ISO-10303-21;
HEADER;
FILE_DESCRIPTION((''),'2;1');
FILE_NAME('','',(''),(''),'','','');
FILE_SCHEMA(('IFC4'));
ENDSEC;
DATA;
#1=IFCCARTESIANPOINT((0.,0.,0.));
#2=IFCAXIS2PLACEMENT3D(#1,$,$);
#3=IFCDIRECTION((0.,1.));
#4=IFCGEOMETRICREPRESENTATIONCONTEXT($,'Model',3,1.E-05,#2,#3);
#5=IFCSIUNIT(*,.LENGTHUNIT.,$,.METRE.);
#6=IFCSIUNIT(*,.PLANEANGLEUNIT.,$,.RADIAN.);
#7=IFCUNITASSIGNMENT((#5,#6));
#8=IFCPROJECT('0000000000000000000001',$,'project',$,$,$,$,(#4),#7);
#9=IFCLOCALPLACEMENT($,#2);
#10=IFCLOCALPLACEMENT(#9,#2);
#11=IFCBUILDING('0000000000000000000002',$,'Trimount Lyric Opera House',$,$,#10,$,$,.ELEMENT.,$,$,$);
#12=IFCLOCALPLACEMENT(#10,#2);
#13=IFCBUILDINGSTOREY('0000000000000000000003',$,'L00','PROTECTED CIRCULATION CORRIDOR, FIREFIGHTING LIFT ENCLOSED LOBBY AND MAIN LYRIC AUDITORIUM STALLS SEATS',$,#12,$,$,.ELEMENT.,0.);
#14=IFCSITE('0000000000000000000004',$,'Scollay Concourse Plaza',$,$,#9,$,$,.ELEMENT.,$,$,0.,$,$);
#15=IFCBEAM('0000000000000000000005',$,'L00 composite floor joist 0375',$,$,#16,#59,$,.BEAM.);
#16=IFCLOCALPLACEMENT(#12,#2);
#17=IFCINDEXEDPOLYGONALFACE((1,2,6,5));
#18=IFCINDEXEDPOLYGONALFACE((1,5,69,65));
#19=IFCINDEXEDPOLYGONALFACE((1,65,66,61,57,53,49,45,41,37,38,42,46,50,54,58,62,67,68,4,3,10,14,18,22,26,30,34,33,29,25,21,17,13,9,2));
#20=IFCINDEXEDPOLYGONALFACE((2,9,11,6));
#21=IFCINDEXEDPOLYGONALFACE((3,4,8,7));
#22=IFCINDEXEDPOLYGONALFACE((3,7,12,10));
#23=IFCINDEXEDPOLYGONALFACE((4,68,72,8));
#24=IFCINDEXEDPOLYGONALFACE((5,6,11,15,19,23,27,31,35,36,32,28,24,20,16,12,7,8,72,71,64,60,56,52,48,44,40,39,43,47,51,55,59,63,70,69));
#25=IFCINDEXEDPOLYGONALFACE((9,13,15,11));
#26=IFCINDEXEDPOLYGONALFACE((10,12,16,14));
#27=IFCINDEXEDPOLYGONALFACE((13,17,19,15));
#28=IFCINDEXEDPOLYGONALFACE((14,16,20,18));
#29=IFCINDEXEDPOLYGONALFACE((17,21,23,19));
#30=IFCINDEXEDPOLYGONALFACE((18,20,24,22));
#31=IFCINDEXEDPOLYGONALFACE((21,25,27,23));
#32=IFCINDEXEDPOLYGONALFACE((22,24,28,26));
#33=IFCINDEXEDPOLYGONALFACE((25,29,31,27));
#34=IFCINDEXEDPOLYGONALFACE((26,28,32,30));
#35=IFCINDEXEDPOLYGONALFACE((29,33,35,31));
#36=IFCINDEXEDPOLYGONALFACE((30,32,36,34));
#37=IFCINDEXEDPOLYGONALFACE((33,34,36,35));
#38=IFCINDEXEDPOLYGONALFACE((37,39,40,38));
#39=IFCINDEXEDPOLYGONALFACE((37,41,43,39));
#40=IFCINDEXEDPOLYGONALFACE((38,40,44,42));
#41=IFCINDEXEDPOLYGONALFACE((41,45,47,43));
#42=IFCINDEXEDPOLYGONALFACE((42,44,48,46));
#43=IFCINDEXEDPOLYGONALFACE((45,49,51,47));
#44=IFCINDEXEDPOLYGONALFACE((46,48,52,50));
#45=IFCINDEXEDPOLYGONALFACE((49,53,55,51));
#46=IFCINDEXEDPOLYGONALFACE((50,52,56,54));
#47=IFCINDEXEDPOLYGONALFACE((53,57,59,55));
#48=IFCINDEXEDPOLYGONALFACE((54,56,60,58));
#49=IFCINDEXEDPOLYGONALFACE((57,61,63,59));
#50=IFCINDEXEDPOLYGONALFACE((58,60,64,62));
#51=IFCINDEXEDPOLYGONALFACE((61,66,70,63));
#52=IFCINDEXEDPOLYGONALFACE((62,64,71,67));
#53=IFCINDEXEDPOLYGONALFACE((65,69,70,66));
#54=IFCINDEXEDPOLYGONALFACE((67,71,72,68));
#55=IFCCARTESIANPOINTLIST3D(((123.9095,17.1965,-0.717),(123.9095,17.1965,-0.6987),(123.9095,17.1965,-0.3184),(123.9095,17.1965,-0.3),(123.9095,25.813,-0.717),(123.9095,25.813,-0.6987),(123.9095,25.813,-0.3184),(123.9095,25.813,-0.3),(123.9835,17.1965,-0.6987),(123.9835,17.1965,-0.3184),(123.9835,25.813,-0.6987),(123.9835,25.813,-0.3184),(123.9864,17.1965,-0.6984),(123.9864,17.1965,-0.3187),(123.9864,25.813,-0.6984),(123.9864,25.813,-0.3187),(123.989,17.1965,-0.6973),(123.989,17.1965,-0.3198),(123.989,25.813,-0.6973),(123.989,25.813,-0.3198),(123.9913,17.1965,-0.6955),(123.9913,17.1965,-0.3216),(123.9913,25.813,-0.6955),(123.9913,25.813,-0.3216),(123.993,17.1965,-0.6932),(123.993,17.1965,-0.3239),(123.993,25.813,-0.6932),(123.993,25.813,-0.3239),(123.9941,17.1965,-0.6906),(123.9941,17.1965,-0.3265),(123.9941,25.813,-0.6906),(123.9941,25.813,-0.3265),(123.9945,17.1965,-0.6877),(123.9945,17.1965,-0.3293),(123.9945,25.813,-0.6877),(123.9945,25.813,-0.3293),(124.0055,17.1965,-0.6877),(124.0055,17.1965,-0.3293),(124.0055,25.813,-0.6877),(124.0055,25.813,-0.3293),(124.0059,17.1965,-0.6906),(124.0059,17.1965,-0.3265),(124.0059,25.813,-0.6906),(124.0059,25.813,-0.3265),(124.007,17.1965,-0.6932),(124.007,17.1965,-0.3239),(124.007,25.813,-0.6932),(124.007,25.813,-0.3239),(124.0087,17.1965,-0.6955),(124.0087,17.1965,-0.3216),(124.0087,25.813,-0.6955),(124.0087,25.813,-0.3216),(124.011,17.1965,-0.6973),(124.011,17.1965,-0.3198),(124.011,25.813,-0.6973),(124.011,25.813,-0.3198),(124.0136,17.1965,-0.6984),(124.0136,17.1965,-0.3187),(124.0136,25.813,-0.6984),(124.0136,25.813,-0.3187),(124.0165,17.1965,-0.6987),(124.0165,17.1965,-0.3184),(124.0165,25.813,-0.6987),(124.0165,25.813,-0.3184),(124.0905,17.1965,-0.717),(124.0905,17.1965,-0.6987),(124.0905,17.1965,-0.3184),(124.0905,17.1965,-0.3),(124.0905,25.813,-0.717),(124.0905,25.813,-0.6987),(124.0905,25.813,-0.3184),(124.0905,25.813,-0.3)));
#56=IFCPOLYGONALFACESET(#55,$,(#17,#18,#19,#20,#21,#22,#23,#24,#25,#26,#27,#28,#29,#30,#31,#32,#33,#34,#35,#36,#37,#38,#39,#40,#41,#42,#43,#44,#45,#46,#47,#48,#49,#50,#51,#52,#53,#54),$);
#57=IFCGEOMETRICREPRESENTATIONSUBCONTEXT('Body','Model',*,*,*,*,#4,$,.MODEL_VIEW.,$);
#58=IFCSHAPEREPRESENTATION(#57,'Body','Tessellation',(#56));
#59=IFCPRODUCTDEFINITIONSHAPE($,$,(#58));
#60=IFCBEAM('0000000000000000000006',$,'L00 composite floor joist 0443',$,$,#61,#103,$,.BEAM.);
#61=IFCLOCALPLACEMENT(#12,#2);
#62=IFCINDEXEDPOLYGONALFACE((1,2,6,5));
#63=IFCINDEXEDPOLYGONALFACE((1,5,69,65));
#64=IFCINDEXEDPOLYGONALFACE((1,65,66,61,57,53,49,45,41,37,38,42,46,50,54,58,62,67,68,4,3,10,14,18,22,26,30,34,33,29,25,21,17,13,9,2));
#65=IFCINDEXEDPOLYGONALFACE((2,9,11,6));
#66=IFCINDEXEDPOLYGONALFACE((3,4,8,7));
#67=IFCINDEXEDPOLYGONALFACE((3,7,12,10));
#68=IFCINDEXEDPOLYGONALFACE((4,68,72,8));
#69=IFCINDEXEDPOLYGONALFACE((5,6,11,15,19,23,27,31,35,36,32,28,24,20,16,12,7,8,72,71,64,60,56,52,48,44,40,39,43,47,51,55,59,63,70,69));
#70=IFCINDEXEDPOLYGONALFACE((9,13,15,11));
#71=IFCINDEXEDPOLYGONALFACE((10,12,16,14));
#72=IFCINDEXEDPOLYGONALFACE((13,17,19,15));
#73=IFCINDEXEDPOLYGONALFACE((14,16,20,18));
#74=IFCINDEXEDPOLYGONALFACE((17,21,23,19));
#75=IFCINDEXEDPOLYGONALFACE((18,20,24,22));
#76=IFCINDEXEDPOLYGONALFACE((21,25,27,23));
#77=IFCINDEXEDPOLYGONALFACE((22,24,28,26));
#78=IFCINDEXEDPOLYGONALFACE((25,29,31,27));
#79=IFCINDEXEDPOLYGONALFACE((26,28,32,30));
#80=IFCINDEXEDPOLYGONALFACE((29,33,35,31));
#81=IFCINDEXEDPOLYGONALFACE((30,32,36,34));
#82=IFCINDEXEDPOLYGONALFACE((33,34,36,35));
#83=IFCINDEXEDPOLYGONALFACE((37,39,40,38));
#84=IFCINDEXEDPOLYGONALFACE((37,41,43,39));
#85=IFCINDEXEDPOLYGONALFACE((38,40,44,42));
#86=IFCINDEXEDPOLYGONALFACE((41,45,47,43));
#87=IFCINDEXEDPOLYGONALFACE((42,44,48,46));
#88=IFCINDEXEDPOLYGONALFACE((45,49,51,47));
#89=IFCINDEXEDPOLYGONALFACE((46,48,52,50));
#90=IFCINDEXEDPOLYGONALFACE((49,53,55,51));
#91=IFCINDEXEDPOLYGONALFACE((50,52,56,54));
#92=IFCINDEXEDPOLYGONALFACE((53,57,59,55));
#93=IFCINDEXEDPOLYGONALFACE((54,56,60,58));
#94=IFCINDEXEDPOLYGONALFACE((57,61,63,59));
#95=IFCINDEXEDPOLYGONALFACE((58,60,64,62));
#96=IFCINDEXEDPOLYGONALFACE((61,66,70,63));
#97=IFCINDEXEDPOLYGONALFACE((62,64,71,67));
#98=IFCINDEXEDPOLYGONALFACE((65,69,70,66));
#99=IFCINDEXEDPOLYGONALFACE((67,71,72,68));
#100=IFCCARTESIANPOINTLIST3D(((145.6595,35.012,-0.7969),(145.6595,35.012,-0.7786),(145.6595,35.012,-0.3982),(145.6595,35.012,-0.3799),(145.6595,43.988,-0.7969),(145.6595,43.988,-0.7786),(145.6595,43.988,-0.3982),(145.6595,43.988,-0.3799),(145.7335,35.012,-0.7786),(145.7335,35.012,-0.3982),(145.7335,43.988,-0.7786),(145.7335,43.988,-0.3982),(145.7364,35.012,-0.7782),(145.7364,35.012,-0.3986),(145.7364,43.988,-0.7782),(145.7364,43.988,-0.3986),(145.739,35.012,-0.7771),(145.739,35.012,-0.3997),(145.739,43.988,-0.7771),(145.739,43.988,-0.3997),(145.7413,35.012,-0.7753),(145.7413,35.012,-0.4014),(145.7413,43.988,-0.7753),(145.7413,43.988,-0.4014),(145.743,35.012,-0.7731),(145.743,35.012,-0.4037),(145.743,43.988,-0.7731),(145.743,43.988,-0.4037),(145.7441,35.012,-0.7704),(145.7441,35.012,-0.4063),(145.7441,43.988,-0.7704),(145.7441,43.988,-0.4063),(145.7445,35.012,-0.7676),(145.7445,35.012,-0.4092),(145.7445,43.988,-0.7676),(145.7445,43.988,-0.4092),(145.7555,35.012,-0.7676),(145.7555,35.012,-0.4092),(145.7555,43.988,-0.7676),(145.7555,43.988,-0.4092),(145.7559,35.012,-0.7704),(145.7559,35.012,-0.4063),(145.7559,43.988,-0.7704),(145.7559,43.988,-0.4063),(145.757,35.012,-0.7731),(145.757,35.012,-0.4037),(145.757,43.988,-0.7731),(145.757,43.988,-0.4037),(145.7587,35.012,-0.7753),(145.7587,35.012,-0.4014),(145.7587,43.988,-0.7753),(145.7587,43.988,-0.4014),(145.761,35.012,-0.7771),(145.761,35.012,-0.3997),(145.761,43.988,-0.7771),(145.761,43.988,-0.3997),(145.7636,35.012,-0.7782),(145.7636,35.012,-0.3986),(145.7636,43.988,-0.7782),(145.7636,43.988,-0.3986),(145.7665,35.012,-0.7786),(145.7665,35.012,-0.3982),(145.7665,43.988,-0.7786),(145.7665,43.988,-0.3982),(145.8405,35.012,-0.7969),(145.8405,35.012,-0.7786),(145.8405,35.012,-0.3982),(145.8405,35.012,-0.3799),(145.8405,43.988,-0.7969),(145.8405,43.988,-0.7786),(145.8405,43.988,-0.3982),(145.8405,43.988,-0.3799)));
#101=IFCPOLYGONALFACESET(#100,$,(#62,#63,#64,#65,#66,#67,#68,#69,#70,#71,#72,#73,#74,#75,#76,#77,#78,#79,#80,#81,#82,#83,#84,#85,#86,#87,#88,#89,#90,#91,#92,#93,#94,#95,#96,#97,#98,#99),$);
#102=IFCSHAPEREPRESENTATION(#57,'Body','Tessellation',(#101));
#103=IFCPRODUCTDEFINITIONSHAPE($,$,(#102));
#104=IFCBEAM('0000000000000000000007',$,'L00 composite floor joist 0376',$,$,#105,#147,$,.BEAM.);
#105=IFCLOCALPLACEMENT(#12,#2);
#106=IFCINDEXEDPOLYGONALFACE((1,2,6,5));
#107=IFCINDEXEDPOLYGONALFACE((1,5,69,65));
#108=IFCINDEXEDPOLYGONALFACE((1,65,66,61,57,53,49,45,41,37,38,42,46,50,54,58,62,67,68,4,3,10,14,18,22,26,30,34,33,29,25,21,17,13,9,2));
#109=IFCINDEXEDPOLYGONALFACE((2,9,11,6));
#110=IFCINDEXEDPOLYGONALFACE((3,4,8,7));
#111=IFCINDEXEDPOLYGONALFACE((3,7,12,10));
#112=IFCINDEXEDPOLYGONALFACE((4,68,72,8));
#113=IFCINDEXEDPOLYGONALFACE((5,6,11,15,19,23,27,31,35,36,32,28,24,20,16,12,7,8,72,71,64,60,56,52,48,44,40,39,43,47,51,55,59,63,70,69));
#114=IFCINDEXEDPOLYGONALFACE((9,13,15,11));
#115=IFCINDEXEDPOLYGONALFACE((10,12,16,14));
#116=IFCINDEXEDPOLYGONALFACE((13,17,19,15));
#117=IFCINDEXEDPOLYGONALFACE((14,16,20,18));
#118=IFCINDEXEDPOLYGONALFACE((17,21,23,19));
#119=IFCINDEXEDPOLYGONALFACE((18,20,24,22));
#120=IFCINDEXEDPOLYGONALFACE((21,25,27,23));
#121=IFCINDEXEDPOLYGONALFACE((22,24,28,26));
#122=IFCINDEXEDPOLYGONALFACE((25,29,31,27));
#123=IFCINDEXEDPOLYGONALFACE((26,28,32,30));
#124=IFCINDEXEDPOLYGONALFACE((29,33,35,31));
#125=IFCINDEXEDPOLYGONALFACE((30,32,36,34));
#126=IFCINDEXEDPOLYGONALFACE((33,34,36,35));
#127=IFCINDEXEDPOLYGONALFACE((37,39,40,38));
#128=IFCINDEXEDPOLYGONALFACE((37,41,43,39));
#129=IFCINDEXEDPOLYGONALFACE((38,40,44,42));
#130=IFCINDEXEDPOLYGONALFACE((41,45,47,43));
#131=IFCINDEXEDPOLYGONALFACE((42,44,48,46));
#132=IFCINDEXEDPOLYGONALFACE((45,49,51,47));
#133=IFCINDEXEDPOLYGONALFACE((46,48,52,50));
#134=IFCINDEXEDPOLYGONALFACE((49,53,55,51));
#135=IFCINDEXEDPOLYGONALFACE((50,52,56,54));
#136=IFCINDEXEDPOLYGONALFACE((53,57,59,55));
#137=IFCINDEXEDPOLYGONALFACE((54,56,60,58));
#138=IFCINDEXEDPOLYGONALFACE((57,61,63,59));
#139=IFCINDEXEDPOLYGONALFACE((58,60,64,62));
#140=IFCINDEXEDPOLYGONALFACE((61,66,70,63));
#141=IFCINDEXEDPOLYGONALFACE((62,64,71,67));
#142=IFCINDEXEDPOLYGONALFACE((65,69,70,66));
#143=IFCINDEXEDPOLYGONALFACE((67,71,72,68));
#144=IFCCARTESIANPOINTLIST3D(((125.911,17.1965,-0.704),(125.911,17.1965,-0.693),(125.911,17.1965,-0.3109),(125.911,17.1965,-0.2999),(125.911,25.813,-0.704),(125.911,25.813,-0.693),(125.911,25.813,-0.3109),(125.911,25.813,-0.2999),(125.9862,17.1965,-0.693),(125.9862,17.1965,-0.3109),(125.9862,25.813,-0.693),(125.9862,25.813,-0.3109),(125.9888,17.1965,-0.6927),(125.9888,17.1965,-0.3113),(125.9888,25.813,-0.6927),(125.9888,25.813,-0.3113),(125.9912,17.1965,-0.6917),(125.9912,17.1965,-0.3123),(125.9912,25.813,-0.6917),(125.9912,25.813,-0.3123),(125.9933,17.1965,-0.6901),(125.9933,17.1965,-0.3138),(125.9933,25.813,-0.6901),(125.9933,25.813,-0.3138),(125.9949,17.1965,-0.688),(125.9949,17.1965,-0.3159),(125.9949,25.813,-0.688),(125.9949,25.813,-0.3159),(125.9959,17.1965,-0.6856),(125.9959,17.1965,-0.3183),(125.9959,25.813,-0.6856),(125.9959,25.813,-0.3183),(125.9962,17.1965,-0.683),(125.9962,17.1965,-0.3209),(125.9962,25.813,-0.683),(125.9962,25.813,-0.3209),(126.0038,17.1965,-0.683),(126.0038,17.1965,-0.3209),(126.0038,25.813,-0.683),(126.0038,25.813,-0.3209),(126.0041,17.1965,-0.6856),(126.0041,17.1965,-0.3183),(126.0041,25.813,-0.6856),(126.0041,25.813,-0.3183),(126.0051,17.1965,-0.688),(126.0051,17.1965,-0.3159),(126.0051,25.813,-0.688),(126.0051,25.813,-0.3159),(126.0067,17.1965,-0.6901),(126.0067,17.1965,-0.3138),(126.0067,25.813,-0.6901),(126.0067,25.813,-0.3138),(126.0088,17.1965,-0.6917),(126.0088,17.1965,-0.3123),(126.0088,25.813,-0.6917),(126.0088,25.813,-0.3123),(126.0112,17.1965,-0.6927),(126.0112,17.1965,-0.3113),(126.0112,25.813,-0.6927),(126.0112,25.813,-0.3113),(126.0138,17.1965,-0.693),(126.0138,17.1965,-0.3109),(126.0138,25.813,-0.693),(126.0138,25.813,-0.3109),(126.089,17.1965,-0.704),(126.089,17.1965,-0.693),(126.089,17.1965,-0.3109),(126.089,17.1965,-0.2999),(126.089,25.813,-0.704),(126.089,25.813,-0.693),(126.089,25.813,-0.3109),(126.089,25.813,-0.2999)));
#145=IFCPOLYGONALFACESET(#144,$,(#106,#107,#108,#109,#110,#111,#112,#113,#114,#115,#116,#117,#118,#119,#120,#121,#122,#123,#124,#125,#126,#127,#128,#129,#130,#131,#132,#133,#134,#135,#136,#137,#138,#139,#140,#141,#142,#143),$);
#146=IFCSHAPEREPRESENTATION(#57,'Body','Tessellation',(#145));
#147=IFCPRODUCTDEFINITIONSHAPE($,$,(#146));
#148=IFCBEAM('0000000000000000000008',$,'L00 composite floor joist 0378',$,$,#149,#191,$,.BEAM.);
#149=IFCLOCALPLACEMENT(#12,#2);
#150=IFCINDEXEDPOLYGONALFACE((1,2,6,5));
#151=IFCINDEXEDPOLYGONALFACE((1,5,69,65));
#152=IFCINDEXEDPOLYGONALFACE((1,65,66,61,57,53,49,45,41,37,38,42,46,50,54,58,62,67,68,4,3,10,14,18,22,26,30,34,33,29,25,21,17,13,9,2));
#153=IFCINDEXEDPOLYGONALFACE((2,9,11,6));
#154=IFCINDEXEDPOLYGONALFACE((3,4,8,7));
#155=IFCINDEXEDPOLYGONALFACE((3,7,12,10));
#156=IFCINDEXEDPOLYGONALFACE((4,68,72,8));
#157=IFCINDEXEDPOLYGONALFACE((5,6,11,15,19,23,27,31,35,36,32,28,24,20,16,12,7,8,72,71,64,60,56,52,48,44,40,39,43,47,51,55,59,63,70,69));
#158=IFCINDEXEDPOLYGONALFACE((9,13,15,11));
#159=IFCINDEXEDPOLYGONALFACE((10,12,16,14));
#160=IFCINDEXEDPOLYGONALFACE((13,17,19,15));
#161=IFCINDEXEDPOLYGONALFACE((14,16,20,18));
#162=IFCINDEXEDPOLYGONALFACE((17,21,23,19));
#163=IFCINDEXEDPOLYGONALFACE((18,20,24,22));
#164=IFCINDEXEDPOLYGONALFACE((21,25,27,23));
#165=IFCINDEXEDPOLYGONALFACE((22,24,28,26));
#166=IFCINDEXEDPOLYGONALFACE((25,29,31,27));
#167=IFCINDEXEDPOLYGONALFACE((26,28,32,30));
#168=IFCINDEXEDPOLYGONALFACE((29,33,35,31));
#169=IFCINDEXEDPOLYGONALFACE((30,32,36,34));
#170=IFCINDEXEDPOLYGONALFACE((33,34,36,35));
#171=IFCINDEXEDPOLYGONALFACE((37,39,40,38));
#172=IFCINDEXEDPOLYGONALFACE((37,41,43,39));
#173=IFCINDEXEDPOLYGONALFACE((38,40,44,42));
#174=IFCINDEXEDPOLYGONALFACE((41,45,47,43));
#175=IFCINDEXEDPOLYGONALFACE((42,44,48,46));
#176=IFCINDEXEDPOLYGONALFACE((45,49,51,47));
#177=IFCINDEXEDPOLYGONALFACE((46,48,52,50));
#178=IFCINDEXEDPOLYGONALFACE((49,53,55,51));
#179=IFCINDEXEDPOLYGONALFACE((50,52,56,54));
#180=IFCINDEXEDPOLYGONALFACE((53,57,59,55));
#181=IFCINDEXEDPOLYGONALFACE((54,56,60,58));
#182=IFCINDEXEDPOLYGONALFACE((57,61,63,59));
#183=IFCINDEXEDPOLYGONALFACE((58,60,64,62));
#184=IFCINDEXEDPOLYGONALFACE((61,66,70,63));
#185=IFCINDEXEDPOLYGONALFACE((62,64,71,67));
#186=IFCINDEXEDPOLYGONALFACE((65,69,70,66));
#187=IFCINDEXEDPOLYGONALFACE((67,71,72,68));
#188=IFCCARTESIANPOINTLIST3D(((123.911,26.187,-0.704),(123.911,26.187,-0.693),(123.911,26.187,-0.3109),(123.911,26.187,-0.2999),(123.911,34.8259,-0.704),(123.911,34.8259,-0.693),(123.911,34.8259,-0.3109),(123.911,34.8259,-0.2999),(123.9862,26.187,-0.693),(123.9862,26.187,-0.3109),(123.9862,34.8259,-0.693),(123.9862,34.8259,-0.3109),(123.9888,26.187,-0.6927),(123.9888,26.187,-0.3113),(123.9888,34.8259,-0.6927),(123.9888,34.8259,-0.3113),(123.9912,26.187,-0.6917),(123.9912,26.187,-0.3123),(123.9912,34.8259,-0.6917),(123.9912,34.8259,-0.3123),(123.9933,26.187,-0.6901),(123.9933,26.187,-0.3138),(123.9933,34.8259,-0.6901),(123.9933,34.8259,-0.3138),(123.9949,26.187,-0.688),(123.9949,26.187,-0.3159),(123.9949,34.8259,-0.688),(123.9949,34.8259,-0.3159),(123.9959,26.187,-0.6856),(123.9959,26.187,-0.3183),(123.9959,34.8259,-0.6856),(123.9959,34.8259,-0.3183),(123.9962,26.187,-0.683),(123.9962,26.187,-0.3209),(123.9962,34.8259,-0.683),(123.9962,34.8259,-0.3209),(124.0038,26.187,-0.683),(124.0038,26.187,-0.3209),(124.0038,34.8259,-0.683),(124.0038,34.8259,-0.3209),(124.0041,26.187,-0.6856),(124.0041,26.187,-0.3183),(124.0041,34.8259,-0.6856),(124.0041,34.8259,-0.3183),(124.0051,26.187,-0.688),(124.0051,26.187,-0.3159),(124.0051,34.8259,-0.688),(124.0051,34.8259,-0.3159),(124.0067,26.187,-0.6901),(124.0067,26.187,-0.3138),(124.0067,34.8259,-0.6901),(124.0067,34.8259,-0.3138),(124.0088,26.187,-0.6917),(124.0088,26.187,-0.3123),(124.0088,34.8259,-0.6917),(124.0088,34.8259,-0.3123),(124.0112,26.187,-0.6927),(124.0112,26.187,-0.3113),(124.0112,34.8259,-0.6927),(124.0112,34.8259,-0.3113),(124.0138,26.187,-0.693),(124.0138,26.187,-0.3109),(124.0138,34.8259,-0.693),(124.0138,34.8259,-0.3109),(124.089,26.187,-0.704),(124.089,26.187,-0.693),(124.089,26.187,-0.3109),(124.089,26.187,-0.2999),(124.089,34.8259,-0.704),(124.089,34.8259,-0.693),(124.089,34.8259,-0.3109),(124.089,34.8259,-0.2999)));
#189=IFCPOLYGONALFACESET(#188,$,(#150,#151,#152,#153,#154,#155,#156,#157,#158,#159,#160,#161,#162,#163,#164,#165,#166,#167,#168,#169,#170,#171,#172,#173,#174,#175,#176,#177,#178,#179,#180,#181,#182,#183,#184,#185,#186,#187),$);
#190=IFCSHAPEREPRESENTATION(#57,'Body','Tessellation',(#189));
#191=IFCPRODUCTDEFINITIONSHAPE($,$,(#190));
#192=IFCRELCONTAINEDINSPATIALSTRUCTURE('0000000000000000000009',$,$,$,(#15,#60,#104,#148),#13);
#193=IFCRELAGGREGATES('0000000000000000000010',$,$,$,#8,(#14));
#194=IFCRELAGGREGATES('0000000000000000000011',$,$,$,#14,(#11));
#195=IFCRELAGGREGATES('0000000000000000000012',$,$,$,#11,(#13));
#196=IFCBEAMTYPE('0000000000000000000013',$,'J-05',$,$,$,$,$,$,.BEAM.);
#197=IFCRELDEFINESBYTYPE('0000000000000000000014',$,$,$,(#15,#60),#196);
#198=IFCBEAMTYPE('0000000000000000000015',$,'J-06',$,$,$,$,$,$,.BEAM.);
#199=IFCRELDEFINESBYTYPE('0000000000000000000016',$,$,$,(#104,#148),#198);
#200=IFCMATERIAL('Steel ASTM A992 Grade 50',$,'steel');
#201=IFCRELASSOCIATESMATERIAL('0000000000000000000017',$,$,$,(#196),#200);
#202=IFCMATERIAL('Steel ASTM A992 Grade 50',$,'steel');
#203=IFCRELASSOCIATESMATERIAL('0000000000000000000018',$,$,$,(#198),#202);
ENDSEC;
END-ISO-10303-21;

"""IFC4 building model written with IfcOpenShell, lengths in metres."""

from ifc_helpers import new_model, si_unit, direction, frame, origin, origin_2d, place, context, subcontext, project, spatial, i_section, extrude, material, material_profile, profile_set, type_object, element, save


model = new_model("IFC4")

# Units and contexts
model_context = context("Model", 3, precision=1e-05, world=origin(), true_north=direction((0.0, 1.0)))
body_context = subcontext(model_context, "Body", "Model", "MODEL_VIEW")
ifc_project = project(units=[si_unit("LENGTHUNIT", "METRE"), si_unit("PLANEANGLEUNIT", "RADIAN")], contexts=[model_context])

# Site, building, storey
site_placement = place(None, origin())
site = spatial("IfcSite", under=ifc_project, at=site_placement, Name="Scollay Concourse Plaza", CompositionType="ELEMENT", RefElevation=0.0)
building_placement = place(site_placement, origin())
building = spatial("IfcBuilding", under=site, at=building_placement, Name="Trimount Lyric Opera House", CompositionType="ELEMENT")
storey_placement = place(building_placement, origin())
storey = spatial("IfcBuildingStorey", under=building, at=storey_placement, Name="L00", Description="PROTECTED CIRCULATION CORRIDOR, FIREFIGHTING LIFT ENCLOSED LOBBY AND MAIN LYRIC AUDITORIUM STALLS SEATS", CompositionType="ELEMENT", Elevation=0.0)

# Beams
ifc_material_1 = material(Name="Steel ASTM A992 Grade 50", Category="steel")
ifc_material_profile_1 = material_profile(ifc_material_1, i_section(OverallWidth=0.1809, OverallDepth=0.417, WebThickness=0.011, FlangeThickness=0.0183, FilletRadius=0.011, at=origin_2d()), Name="W16X57")
ifc_profile_set_1 = profile_set([ifc_material_profile_1], Name="Steel ASTM A992 Grade 50")
beam_type_1 = type_object("IfcBeamType", Name="J-05", PredefinedType="BEAM", material=ifc_profile_set_1)
beam_1_placement = place(storey_placement, frame((124.0, 17.1965, -0.5085), z_axis=(0.0, 1.0, 0.0), x_axis=(-1.0, 0.0, 0.0)))
element("IfcBeam", 1, at=beam_1_placement, inside=storey, type_object=beam_type_1, Name="L00 composite floor joist 0375", PredefinedType="BEAM", context=body_context, shape_type="SweptSolid", body=[
    extrude(i_section(OverallWidth=0.1809, OverallDepth=0.417, WebThickness=0.011, FlangeThickness=0.0183, FilletRadius=0.011, at=origin_2d()), origin(), (0.0, 0.0, 1.0), 8.6165),
])
beam_2_placement = place(storey_placement, frame((145.75, 35.012, -0.5884), z_axis=(0.0, 1.0, 0.0), x_axis=(-1.0, 0.0, 0.0)))
element("IfcBeam", 2, at=beam_2_placement, inside=storey, type_object=beam_type_1, Name="L00 composite floor joist 0443", PredefinedType="BEAM", context=body_context, shape_type="SweptSolid", body=[
    extrude(i_section(OverallWidth=0.1809, OverallDepth=0.417, WebThickness=0.011, FlangeThickness=0.0183, FilletRadius=0.011, at=origin_2d()), origin(), (0.0, 0.0, 1.0), 8.9761),
])
ifc_material_2 = material(Name="Steel ASTM A992 Grade 50", Category="steel")
ifc_material_profile_2 = material_profile(ifc_material_2, i_section(OverallWidth=0.178, OverallDepth=0.4041, WebThickness=0.0076, FlangeThickness=0.011, FilletRadius=0.01, at=origin_2d()), Name="W16X36")
ifc_profile_set_2 = profile_set([ifc_material_profile_2], Name="Steel ASTM A992 Grade 50")
beam_type_2 = type_object("IfcBeamType", Name="J-06", PredefinedType="BEAM", material=ifc_profile_set_2)
beam_3_placement = place(storey_placement, frame((126.0, 17.1965, -0.502), z_axis=(0.0, 1.0, 0.0), x_axis=(-1.0, 0.0, 0.0)))
element("IfcBeam", 3, at=beam_3_placement, inside=storey, type_object=beam_type_2, Name="L00 composite floor joist 0376", PredefinedType="BEAM", context=body_context, shape_type="SweptSolid", body=[
    extrude(i_section(OverallWidth=0.178, OverallDepth=0.4041, WebThickness=0.0076, FlangeThickness=0.011, FilletRadius=0.01, at=origin_2d()), origin(), (0.0, 0.0, 1.0), 8.6165),
])
beam_4_placement = place(storey_placement, frame((124.0, 26.187, -0.502), z_axis=(0.0, 1.0, 0.0), x_axis=(-1.0, 0.0, 0.0)))
element("IfcBeam", 4, at=beam_4_placement, inside=storey, type_object=beam_type_2, Name="L00 composite floor joist 0378", PredefinedType="BEAM", context=body_context, shape_type="SweptSolid", body=[
    extrude(i_section(OverallWidth=0.178, OverallDepth=0.4041, WebThickness=0.0076, FlangeThickness=0.011, FilletRadius=0.01, at=origin_2d()), origin(), (0.0, 0.0, 1.0), 8.6389),
])

save(model, "model.ifc")
